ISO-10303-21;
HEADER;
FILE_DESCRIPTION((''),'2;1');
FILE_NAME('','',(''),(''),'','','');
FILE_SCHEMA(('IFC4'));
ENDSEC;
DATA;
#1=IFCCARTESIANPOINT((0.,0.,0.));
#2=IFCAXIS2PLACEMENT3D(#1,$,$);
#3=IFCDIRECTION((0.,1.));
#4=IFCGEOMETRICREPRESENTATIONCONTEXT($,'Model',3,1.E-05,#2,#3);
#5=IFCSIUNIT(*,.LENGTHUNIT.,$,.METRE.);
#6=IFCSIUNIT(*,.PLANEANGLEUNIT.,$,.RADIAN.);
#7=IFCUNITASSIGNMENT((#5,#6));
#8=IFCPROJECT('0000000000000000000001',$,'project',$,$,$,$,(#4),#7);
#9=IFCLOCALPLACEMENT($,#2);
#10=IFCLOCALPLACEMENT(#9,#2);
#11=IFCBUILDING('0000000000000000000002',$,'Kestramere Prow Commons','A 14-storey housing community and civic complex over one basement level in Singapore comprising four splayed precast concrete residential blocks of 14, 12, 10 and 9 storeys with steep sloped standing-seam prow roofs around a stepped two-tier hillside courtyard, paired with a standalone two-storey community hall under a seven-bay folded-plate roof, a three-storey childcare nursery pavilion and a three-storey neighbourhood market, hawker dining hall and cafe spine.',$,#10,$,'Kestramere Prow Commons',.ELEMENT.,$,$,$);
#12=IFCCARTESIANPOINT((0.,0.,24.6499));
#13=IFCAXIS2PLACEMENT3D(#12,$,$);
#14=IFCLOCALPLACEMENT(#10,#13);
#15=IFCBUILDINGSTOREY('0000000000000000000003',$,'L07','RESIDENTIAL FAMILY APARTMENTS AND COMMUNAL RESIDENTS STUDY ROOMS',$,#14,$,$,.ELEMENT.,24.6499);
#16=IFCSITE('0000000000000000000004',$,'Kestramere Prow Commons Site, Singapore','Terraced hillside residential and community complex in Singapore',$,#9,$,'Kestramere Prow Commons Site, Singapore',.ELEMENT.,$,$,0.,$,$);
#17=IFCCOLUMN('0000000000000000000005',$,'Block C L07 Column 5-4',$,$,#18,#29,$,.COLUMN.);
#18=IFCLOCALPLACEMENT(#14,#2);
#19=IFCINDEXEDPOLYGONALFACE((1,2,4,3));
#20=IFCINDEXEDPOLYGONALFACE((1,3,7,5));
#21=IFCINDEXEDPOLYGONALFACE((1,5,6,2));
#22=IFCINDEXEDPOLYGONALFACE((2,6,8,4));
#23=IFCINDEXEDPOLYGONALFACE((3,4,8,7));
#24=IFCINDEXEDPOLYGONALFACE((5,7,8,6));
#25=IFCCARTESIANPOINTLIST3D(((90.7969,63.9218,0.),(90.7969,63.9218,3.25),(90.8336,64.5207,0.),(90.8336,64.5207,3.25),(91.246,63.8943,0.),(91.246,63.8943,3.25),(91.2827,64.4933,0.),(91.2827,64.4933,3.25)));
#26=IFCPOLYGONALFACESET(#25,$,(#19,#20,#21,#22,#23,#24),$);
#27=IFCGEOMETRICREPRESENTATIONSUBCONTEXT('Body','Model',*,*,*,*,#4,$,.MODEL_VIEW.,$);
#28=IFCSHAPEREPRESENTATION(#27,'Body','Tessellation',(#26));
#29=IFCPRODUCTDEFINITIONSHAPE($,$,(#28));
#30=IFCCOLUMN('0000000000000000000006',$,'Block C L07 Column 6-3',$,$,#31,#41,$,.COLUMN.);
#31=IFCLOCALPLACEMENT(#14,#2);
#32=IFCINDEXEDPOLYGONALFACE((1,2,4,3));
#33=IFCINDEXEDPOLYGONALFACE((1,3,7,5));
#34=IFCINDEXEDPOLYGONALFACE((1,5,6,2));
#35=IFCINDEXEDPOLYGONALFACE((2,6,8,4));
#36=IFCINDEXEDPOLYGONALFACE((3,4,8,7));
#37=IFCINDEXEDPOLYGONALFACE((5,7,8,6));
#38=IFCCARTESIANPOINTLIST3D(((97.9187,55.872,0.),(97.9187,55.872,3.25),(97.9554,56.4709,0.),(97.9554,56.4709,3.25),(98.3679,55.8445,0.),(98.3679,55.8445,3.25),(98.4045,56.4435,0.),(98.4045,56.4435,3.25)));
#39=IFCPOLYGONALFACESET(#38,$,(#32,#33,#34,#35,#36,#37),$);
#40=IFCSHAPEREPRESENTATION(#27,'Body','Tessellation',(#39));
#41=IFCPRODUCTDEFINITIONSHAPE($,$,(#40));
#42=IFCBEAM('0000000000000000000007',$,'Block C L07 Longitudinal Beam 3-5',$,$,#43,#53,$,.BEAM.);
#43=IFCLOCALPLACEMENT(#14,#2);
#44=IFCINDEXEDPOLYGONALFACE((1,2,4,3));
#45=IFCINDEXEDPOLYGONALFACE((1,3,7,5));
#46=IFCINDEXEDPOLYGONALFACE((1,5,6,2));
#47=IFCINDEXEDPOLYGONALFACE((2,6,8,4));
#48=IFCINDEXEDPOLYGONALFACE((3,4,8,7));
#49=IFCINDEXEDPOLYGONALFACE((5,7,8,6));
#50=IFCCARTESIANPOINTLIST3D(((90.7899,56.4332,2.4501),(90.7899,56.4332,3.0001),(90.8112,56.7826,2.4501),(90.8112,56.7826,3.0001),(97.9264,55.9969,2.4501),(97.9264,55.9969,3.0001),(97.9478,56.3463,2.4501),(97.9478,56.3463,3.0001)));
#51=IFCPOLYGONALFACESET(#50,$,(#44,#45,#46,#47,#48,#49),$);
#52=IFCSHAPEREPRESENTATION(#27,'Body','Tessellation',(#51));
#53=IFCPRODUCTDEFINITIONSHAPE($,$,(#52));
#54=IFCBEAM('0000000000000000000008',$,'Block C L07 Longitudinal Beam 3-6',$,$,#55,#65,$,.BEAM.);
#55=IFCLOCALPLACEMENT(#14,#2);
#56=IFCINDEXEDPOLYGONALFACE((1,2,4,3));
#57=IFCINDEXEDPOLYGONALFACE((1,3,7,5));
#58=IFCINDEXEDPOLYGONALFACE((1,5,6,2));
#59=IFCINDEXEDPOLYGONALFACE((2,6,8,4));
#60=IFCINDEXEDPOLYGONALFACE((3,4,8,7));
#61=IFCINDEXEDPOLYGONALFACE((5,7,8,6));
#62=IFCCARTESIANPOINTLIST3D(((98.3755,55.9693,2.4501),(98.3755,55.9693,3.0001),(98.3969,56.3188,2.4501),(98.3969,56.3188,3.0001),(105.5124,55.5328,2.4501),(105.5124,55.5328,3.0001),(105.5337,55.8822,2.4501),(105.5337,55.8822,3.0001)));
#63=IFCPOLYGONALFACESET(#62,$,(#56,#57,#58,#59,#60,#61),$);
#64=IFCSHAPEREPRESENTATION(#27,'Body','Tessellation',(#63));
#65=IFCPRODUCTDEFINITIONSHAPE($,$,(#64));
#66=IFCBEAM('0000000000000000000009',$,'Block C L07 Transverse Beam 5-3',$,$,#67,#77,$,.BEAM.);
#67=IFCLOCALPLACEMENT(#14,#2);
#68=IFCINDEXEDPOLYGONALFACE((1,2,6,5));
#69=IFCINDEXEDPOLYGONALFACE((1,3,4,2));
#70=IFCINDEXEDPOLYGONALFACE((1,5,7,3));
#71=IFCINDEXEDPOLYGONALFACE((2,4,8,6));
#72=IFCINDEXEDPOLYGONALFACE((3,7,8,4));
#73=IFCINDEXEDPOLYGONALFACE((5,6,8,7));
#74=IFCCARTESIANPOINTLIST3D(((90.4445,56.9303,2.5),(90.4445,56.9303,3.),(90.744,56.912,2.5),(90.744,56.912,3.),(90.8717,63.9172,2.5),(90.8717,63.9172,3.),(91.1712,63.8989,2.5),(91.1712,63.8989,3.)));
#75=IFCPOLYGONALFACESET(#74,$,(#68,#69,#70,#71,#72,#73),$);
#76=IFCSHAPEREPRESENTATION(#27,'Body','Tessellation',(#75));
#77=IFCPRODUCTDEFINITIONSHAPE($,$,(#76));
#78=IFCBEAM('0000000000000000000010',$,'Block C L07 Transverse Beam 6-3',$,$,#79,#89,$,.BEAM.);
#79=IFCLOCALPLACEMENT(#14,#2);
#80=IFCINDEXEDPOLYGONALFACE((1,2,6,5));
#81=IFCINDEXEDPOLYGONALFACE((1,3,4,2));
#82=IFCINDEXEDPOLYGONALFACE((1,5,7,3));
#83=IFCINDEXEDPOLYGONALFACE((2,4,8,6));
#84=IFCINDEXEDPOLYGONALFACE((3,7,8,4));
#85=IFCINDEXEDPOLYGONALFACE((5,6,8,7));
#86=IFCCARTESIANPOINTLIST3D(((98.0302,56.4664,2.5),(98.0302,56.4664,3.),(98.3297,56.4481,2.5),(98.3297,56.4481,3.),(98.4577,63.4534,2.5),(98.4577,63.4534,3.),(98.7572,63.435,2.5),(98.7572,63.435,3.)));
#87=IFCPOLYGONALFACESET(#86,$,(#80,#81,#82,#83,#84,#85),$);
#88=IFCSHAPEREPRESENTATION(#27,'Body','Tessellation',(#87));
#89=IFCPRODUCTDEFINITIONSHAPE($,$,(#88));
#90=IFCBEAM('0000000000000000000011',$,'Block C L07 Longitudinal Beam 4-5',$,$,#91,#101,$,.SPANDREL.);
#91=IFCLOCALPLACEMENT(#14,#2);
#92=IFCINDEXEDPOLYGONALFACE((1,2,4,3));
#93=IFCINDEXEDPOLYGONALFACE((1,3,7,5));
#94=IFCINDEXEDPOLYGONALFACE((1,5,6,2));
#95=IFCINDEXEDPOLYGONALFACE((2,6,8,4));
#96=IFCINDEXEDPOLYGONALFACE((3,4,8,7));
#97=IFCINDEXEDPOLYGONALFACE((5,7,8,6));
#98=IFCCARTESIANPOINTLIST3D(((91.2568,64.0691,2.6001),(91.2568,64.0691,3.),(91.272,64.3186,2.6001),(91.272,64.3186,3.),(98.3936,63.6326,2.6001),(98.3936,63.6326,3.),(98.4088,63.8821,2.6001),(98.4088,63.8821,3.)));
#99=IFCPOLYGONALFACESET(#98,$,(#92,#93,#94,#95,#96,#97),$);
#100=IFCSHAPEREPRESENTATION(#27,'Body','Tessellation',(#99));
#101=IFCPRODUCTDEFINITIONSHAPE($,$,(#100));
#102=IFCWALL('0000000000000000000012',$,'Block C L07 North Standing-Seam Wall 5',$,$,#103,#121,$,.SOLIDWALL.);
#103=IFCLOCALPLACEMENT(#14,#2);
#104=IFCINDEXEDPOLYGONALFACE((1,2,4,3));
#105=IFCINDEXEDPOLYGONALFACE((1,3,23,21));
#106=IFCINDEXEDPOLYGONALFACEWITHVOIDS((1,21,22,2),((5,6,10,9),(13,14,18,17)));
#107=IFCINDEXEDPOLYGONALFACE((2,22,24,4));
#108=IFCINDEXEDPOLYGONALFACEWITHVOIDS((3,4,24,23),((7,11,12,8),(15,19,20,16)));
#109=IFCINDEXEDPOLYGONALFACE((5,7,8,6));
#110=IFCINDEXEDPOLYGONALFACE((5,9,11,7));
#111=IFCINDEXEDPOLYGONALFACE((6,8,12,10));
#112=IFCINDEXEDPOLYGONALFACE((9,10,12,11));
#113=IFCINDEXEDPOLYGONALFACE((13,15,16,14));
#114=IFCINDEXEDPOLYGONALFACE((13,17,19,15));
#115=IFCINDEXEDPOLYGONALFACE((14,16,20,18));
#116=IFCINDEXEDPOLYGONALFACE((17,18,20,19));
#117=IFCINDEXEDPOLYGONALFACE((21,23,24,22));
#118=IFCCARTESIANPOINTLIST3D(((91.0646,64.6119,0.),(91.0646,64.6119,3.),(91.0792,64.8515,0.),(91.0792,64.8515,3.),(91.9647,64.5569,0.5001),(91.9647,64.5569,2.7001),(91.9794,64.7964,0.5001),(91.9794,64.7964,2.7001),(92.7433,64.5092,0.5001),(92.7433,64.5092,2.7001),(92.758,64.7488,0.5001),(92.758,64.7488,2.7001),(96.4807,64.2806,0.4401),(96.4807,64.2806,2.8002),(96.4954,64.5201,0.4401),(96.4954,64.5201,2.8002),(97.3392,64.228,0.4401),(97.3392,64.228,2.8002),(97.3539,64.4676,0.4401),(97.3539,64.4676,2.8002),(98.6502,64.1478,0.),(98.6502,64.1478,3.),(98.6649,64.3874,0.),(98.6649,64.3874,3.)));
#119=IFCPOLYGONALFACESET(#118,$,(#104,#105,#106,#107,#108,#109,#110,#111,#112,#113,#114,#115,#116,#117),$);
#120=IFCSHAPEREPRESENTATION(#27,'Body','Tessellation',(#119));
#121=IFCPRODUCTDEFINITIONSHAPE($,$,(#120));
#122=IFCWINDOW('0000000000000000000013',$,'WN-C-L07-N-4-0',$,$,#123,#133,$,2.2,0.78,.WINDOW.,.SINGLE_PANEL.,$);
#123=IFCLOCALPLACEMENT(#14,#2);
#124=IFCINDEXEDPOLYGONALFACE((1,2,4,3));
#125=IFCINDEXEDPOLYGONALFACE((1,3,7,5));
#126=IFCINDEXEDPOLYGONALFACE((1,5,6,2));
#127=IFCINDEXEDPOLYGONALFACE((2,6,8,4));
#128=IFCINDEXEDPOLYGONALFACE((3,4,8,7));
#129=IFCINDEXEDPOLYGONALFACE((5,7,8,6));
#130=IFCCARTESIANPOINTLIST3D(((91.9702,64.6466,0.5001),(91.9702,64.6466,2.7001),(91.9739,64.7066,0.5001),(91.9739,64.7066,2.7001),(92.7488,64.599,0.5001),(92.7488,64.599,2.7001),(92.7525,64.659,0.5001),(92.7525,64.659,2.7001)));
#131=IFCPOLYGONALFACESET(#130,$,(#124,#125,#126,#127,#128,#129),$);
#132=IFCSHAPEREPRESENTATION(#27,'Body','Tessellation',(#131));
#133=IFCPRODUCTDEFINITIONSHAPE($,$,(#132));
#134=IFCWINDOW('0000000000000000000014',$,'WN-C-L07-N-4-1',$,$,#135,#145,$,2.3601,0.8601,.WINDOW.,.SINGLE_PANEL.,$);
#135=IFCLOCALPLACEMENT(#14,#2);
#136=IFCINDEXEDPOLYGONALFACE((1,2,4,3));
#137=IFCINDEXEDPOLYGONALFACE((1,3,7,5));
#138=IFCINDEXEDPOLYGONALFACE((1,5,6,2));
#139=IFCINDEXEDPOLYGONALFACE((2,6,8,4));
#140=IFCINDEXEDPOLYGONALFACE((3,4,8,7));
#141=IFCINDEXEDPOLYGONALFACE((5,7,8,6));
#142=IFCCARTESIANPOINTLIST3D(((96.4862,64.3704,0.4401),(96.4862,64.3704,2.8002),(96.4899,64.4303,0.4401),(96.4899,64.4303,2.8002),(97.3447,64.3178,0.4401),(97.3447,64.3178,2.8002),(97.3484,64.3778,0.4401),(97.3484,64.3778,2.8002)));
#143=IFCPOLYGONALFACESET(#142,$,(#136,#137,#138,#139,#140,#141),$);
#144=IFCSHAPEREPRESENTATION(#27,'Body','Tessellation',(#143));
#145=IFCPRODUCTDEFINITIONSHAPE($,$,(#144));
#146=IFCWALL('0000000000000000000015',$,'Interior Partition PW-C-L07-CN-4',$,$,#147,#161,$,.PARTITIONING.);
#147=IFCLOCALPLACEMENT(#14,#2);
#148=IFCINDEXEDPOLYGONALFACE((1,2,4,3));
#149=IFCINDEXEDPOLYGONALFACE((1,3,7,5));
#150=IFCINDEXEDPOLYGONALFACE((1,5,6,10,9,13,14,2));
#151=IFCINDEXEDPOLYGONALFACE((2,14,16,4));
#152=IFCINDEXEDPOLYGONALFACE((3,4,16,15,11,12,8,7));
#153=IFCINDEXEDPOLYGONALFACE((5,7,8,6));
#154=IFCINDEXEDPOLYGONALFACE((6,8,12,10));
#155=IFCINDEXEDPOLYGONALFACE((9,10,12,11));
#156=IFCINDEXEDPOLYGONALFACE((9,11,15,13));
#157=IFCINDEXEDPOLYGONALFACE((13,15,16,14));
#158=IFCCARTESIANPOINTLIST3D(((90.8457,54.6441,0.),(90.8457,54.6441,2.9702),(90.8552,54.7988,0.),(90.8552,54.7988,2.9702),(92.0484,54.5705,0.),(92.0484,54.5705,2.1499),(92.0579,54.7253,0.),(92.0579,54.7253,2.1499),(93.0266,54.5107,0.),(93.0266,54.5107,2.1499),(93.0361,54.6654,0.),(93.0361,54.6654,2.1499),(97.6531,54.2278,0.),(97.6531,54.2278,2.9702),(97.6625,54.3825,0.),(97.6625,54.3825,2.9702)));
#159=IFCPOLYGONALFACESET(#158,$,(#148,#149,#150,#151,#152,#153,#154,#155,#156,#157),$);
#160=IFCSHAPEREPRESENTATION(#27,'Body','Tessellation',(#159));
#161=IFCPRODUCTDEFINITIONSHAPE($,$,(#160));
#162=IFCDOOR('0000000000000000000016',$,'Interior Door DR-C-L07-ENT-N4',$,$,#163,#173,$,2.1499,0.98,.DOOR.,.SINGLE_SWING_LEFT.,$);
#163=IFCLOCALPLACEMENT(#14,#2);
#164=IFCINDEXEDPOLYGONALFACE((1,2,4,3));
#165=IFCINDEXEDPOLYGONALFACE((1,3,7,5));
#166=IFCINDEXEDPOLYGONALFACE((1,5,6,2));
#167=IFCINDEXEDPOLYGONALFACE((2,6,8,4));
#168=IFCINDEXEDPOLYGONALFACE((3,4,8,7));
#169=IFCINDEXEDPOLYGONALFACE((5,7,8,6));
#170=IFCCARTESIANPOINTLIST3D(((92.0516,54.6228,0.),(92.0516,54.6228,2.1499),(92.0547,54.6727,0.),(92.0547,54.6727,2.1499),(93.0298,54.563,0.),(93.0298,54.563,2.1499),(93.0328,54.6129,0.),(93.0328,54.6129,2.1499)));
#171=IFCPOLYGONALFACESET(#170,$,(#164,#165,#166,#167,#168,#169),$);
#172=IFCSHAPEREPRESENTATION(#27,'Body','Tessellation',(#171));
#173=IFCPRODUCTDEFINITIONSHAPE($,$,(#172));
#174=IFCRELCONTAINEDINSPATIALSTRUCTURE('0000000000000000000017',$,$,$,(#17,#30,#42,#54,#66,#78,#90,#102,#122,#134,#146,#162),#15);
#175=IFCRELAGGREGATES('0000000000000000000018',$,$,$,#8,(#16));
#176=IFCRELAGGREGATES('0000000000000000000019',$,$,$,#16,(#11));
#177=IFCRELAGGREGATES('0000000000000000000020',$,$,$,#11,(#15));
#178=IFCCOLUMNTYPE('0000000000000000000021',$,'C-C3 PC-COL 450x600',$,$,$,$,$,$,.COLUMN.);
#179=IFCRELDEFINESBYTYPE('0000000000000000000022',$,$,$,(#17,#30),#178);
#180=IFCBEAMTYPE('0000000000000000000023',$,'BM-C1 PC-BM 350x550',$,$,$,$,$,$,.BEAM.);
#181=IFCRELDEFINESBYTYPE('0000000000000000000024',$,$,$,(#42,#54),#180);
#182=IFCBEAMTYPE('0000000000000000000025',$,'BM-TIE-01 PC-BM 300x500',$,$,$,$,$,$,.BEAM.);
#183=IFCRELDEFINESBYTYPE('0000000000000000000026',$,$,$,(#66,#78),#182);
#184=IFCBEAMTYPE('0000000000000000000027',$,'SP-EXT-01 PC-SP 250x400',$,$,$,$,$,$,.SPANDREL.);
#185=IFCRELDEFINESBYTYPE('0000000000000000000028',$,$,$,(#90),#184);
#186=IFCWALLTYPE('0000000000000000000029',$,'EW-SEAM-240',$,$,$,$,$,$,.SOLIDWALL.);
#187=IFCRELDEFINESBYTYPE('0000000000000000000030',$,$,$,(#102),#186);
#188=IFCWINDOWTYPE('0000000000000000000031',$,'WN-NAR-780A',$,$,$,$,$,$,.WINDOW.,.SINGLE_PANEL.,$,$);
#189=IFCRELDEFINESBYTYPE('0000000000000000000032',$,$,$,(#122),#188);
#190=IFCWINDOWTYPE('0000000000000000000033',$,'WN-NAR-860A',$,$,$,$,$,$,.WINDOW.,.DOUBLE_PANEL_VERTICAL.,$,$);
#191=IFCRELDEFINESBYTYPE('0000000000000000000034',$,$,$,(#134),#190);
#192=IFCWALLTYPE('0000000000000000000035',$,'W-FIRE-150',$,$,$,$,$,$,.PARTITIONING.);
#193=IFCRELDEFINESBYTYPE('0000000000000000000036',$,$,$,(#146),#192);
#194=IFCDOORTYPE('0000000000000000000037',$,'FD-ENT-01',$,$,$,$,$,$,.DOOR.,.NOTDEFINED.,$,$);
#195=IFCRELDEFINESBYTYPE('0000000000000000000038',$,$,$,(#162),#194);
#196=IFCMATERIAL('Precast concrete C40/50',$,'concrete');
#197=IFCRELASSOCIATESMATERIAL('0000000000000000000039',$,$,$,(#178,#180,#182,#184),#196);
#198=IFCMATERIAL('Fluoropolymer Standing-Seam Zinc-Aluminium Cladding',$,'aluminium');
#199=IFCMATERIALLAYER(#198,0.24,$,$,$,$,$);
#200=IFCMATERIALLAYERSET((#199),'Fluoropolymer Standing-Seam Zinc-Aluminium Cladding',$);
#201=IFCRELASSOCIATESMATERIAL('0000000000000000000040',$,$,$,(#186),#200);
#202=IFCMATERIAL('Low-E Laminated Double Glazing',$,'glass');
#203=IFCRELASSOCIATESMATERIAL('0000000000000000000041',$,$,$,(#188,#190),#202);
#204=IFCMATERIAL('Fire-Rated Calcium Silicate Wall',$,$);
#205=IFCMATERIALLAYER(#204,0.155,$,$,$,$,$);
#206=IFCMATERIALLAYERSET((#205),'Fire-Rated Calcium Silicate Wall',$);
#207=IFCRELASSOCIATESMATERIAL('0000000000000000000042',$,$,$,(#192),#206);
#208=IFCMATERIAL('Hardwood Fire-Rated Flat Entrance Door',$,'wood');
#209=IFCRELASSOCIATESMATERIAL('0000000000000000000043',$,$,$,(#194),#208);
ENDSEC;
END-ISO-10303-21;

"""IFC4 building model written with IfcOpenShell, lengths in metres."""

from ifc_helpers import new_model, si_unit, direction, frame, frame_2d, origin, origin_2d, place, context, subcontext, project, spatial, rectangle, extrude, material, layer, layer_set, material_profile, profile_set, type_object, element, fill, save


model = new_model("IFC4")

# Units and contexts
model_context = context("Model", 3, precision=1e-05, world=origin(), true_north=direction((0.0, 1.0)))
body_context = subcontext(model_context, "Body", "Model", "MODEL_VIEW")
ifc_project = project(units=[si_unit("LENGTHUNIT", "METRE"), si_unit("PLANEANGLEUNIT", "RADIAN")], contexts=[model_context])

# Site, building, storey
site_placement = place(None, origin())
site = spatial("IfcSite", under=ifc_project, at=site_placement, Name="Kestramere Prow Commons Site, Singapore", Description="Terraced hillside residential and community complex in Singapore", LongName="Kestramere Prow Commons Site, Singapore", CompositionType="ELEMENT", RefElevation=0.0)
building_placement = place(site_placement, origin())
building = spatial("IfcBuilding", under=site, at=building_placement, Name="Kestramere Prow Commons", Description="A 14-storey housing community and civic complex over one basement level in Singapore comprising four splayed precast concrete residential blocks of 14, 12, 10 and 9 storeys with steep sloped standing-seam prow roofs around a stepped two-tier hillside courtyard, paired with a standalone two-storey community hall under a seven-bay folded-plate roof, a three-storey childcare nursery pavilion and a three-storey neighbourhood market, hawker dining hall and cafe spine.", LongName="Kestramere Prow Commons", CompositionType="ELEMENT")
storey_placement = place(building_placement, frame((0.0, 0.0, 24.6499)))
storey = spatial("IfcBuildingStorey", under=building, at=storey_placement, Name="L07", Description="RESIDENTIAL FAMILY APARTMENTS AND COMMUNAL RESIDENTS STUDY ROOMS", CompositionType="ELEMENT", Elevation=24.6499)

# Columns
ifc_material_1 = material(Name="Precast concrete C40/50", Category="concrete")
ifc_material_profile_1 = material_profile(ifc_material_1, rectangle(XDim=0.45, YDim=0.6001, at=origin_2d()), Name="PC-COL 450x600")
ifc_profile_set_1 = profile_set([ifc_material_profile_1], Name="Precast concrete C40/50")
column_type = type_object("IfcColumnType", Name="C-C3 PC-COL 450x600", PredefinedType="COLUMN", material=ifc_profile_set_1)
for number, where, z_axis, x_axis, name in (
    (1, (91.0398, 64.2075, 0.0), (0.0, 0.0, 1.0), (0.998135, -0.061049, 0.0), "Block C L07 Column 5-4"),
    (2, (98.1616, 56.1577, 0.0), (0.0, 0.0, 1.0), (0.998135, -0.061049, 0.0), "Block C L07 Column 6-3"),
):
    element("IfcColumn", number, at=place(storey_placement, frame(where, z_axis=z_axis, x_axis=x_axis)), inside=storey, type_object=column_type, Name=name, PredefinedType="COLUMN", context=body_context, shape_type="SweptSolid", body=[
        extrude(rectangle(XDim=0.45, YDim=0.6001, at=origin_2d()), origin(), (0.0, 0.0, 1.0), 3.25),
    ])

# Beams
ifc_material_profile_2 = material_profile(ifc_material_1, rectangle(XDim=0.3501, YDim=0.55, at=origin_2d()), Name="PC-BM 350x550")
ifc_profile_set_2 = profile_set([ifc_material_profile_2], Name="Precast concrete C40/50")
beam_type_1 = type_object("IfcBeamType", Name="BM-C1 PC-BM 350x550", PredefinedType="BEAM", material=ifc_profile_set_2)
beam_1_placement = place(storey_placement, frame((90.8005, 56.6079, 2.7251), z_axis=(0.998137, -0.06102, 0.0), x_axis=(0.06102, 0.998137, 0.0)))
element("IfcBeam", 3, at=beam_1_placement, inside=storey, type_object=beam_type_1, Name="Block C L07 Longitudinal Beam 3-5", PredefinedType="BEAM", context=body_context, shape_type="SweptSolid", body=[
    extrude(rectangle(XDim=0.3501, YDim=0.55, at=origin_2d()), origin(), (0.0, 0.0, 1.0), 7.1499),
])
beam_2_placement = place(storey_placement, frame((98.3862, 56.144, 2.7251), z_axis=(0.998135, -0.061052, 0.0), x_axis=(0.061052, 0.998135, 0.0)))
element("IfcBeam", 4, at=beam_2_placement, inside=storey, type_object=beam_type_1, Name="Block C L07 Longitudinal Beam 3-6", PredefinedType="BEAM", context=body_context, shape_type="SweptSolid", body=[
    extrude(rectangle(XDim=0.3501, YDim=0.55, at=origin_2d()), origin(), (0.0, 0.0, 1.0), 7.1501),
])
ifc_material_profile_3 = material_profile(ifc_material_1, rectangle(XDim=0.3, YDim=0.5, at=origin_2d()), Name="PC-BM 300x500")
ifc_profile_set_3 = profile_set([ifc_material_profile_3], Name="Precast concrete C40/50")
beam_type_2 = type_object("IfcBeamType", Name="BM-TIE-01 PC-BM 300x500", PredefinedType="BEAM", material=ifc_profile_set_3)
for number, where, z_axis, x_axis, name in (
    (5, (90.5942, 56.9211, 2.75), (0.061034, 0.998136, 0.0), (-0.998136, 0.061034, 0.0), "Block C L07 Transverse Beam 5-3"),
    (6, (98.1799, 56.4573, 2.75), (0.061071, 0.998133, 0.0), (-0.998133, 0.061071, 0.0), "Block C L07 Transverse Beam 6-3"),
):
    element("IfcBeam", number, at=place(storey_placement, frame(where, z_axis=z_axis, x_axis=x_axis)), inside=storey, type_object=beam_type_2, Name=name, PredefinedType="BEAM", context=body_context, shape_type="SweptSolid", body=[
        extrude(rectangle(XDim=0.3, YDim=0.5, at=origin_2d()), origin(), (0.0, 0.0, 1.0), 7.0),
    ])
ifc_material_profile_4 = material_profile(ifc_material_1, rectangle(XDim=0.25, YDim=0.3999, at=origin_2d()), Name="PC-SP 250x400")
ifc_profile_set_4 = profile_set([ifc_material_profile_4], Name="Precast concrete C40/50")
beam_type_3 = type_object("IfcBeamType", Name="SP-EXT-01 PC-SP 250x400", PredefinedType="SPANDREL", material=ifc_profile_set_4)
beam_3_placement = place(storey_placement, frame((91.2644, 64.1938, 2.8), z_axis=(0.998135, -0.061052, 0.0), x_axis=(0.061052, 0.998135, 0.0)))
element("IfcBeam", 7, at=beam_3_placement, inside=storey, type_object=beam_type_3, Name="Block C L07 Longitudinal Beam 4-5", PredefinedType="SPANDREL", context=body_context, shape_type="SweptSolid", body=[
    extrude(rectangle(XDim=0.25, YDim=0.3999, at=origin_2d()), origin(), (0.0, 0.0, 1.0), 7.1501),
])

# Wall, openings, windows
ifc_material_2 = material(Name="Fluoropolymer Standing-Seam Zinc-Aluminium Cladding", Category="aluminium")
ifc_layer_1 = layer(ifc_material_2, 0.24)
ifc_layer_set_1 = layer_set([ifc_layer_1], Name="Fluoropolymer Standing-Seam Zinc-Aluminium Cladding")
wall_type_1 = type_object("IfcWallType", Name="EW-SEAM-240", PredefinedType="SOLIDWALL", material=ifc_layer_set_1)
wall_1_placement = place(storey_placement, frame((91.072, 64.7317, 0.0), z_axis=(0.0, 0.0, 1.0), x_axis=(0.998134, -0.061068, 0.0)))
wall_1 = element("IfcWall", 8, at=wall_1_placement, inside=storey, type_object=wall_type_1, Name="Block C L07 North Standing-Seam Wall 5", PredefinedType="SOLIDWALL", context=body_context, shape_type="SweptSolid", body=[
    extrude(rectangle(XDim=7.5999, YDim=0.24, at=frame_2d((3.7998, 0.0))), origin(), (0.0, 0.0, 1.0), 3.0),
])
opening_1_placement = place(wall_1_placement, frame((0.9016, 0.0, 0.5)))
opening_1 = element("IfcOpeningElement", 9, at=opening_1_placement, cuts=wall_1, PredefinedType="OPENING", context=body_context, shape_type="SweptSolid", body=[
    extrude(rectangle(XDim=0.78, YDim=2.2, at=frame_2d((0.3901, 1.1001))), frame((0.0, 0.135, 0.0), z_axis=(0.0, -1.0, 0.0), x_axis=(1.0, 0.0, 0.0)), (0.0, 0.0, 1.0), 0.27),
])
opening_2_placement = place(wall_1_placement, frame((5.426, 0.0, 0.4399)))
opening_2 = element("IfcOpeningElement", 10, at=opening_2_placement, cuts=wall_1, PredefinedType="OPENING", context=body_context, shape_type="SweptSolid", body=[
    extrude(rectangle(XDim=0.8601, YDim=2.3601, at=frame_2d((0.4302, 1.1802))), frame((0.0, 0.135, 0.0), z_axis=(0.0, -1.0, 0.0), x_axis=(1.0, 0.0, 0.0)), (0.0, 0.0, 1.0), 0.27),
])
ifc_material_3 = material(Name="Low-E Laminated Double Glazing", Category="glass")
window_type_1 = type_object("IfcWindowType", Name="WN-NAR-780A", PartitioningType="SINGLE_PANEL", PredefinedType="WINDOW", material=ifc_material_3)
window_1_placement = place(opening_1_placement, origin())
window_1 = element("IfcWindow", 11, at=window_1_placement, inside=storey, type_object=window_type_1, Name="WN-C-L07-N-4-0", OverallHeight=2.2, OverallWidth=0.78, PartitioningType="SINGLE_PANEL", PredefinedType="WINDOW", context=body_context, shape_type="SweptSolid", body=[
    extrude(rectangle(XDim=0.78, YDim=2.2, at=frame_2d((0.3901, 1.1001))), frame((0.0, 0.03, 0.0), z_axis=(0.0, -1.0, 0.0), x_axis=(1.0, 0.0, 0.0)), (0.0, 0.0, 1.0), 0.0601),
])
fill(opening_1, window_1)
window_type_2 = type_object("IfcWindowType", Name="WN-NAR-860A", PartitioningType="DOUBLE_PANEL_VERTICAL", PredefinedType="WINDOW", material=ifc_material_3)
window_2_placement = place(opening_2_placement, origin())
window_2 = element("IfcWindow", 12, at=window_2_placement, inside=storey, type_object=window_type_2, Name="WN-C-L07-N-4-1", OverallHeight=2.3601, OverallWidth=0.8601, PartitioningType="SINGLE_PANEL", PredefinedType="WINDOW", context=body_context, shape_type="SweptSolid", body=[
    extrude(rectangle(XDim=0.8601, YDim=2.3601, at=frame_2d((0.4302, 1.1802))), frame((0.0, 0.03, 0.0), z_axis=(0.0, -1.0, 0.0), x_axis=(1.0, 0.0, 0.0)), (0.0, 0.0, 1.0), 0.0601),
])
fill(opening_2, window_2)

# Wall, opening, door
ifc_material_4 = material(Name="Fire-Rated Calcium Silicate Wall")
ifc_layer_2 = layer(ifc_material_4, 0.155)
ifc_layer_set_2 = layer_set([ifc_layer_2], Name="Fire-Rated Calcium Silicate Wall")
wall_type_2 = type_object("IfcWallType", Name="W-FIRE-150", PredefinedType="PARTITIONING", material=ifc_layer_set_2)
wall_2_placement = place(storey_placement, frame((90.8503, 54.7214, 0.0), z_axis=(0.0, 0.0, 1.0), x_axis=(0.998136, -0.061034, 0.0)))
wall_2 = element("IfcWall", 13, at=wall_2_placement, inside=storey, type_object=wall_type_2, Name="Interior Partition PW-C-L07-CN-4", PredefinedType="PARTITIONING", context=body_context, shape_type="SweptSolid", body=[
    extrude(rectangle(XDim=6.8201, YDim=0.155, at=frame_2d((3.4102, 0.0))), origin(), (0.0, 0.0, 1.0), 2.9702),
])
opening_3_placement = place(wall_2_placement, frame((1.2051, 0.0, 0.0)))
opening_3 = element("IfcOpeningElement", 14, at=opening_3_placement, cuts=wall_2, PredefinedType="OPENING", context=body_context, shape_type="SweptSolid", body=[
    extrude(rectangle(XDim=0.98, YDim=2.1499, at=frame_2d((0.49, 1.075))), frame((0.0, 0.0925, 0.0), z_axis=(0.0, -1.0, 0.0), x_axis=(1.0, 0.0, 0.0)), (0.0, 0.0, 1.0), 0.1851),
])
ifc_material_5 = material(Name="Hardwood Fire-Rated Flat Entrance Door", Category="wood")
door_type_1 = type_object("IfcDoorType", Name="FD-ENT-01", OperationType="NOTDEFINED", PredefinedType="DOOR", material=ifc_material_5)
door_1_placement = place(opening_3_placement, origin())
door_1 = element("IfcDoor", 15, at=door_1_placement, inside=storey, type_object=door_type_1, Name="Interior Door DR-C-L07-ENT-N4", OperationType="SINGLE_SWING_LEFT", OverallHeight=2.1499, OverallWidth=0.98, PredefinedType="DOOR", context=body_context, shape_type="SweptSolid", body=[
    extrude(rectangle(XDim=0.98, YDim=2.1499, at=frame_2d((0.49, 1.075))), frame((0.0, 0.0249, 0.0), z_axis=(0.0, -1.0, 0.0), x_axis=(1.0, 0.0, 0.0)), (0.0, 0.0, 1.0), 0.05),
])
fill(opening_3, door_1)

save(model, "model.ifc")
